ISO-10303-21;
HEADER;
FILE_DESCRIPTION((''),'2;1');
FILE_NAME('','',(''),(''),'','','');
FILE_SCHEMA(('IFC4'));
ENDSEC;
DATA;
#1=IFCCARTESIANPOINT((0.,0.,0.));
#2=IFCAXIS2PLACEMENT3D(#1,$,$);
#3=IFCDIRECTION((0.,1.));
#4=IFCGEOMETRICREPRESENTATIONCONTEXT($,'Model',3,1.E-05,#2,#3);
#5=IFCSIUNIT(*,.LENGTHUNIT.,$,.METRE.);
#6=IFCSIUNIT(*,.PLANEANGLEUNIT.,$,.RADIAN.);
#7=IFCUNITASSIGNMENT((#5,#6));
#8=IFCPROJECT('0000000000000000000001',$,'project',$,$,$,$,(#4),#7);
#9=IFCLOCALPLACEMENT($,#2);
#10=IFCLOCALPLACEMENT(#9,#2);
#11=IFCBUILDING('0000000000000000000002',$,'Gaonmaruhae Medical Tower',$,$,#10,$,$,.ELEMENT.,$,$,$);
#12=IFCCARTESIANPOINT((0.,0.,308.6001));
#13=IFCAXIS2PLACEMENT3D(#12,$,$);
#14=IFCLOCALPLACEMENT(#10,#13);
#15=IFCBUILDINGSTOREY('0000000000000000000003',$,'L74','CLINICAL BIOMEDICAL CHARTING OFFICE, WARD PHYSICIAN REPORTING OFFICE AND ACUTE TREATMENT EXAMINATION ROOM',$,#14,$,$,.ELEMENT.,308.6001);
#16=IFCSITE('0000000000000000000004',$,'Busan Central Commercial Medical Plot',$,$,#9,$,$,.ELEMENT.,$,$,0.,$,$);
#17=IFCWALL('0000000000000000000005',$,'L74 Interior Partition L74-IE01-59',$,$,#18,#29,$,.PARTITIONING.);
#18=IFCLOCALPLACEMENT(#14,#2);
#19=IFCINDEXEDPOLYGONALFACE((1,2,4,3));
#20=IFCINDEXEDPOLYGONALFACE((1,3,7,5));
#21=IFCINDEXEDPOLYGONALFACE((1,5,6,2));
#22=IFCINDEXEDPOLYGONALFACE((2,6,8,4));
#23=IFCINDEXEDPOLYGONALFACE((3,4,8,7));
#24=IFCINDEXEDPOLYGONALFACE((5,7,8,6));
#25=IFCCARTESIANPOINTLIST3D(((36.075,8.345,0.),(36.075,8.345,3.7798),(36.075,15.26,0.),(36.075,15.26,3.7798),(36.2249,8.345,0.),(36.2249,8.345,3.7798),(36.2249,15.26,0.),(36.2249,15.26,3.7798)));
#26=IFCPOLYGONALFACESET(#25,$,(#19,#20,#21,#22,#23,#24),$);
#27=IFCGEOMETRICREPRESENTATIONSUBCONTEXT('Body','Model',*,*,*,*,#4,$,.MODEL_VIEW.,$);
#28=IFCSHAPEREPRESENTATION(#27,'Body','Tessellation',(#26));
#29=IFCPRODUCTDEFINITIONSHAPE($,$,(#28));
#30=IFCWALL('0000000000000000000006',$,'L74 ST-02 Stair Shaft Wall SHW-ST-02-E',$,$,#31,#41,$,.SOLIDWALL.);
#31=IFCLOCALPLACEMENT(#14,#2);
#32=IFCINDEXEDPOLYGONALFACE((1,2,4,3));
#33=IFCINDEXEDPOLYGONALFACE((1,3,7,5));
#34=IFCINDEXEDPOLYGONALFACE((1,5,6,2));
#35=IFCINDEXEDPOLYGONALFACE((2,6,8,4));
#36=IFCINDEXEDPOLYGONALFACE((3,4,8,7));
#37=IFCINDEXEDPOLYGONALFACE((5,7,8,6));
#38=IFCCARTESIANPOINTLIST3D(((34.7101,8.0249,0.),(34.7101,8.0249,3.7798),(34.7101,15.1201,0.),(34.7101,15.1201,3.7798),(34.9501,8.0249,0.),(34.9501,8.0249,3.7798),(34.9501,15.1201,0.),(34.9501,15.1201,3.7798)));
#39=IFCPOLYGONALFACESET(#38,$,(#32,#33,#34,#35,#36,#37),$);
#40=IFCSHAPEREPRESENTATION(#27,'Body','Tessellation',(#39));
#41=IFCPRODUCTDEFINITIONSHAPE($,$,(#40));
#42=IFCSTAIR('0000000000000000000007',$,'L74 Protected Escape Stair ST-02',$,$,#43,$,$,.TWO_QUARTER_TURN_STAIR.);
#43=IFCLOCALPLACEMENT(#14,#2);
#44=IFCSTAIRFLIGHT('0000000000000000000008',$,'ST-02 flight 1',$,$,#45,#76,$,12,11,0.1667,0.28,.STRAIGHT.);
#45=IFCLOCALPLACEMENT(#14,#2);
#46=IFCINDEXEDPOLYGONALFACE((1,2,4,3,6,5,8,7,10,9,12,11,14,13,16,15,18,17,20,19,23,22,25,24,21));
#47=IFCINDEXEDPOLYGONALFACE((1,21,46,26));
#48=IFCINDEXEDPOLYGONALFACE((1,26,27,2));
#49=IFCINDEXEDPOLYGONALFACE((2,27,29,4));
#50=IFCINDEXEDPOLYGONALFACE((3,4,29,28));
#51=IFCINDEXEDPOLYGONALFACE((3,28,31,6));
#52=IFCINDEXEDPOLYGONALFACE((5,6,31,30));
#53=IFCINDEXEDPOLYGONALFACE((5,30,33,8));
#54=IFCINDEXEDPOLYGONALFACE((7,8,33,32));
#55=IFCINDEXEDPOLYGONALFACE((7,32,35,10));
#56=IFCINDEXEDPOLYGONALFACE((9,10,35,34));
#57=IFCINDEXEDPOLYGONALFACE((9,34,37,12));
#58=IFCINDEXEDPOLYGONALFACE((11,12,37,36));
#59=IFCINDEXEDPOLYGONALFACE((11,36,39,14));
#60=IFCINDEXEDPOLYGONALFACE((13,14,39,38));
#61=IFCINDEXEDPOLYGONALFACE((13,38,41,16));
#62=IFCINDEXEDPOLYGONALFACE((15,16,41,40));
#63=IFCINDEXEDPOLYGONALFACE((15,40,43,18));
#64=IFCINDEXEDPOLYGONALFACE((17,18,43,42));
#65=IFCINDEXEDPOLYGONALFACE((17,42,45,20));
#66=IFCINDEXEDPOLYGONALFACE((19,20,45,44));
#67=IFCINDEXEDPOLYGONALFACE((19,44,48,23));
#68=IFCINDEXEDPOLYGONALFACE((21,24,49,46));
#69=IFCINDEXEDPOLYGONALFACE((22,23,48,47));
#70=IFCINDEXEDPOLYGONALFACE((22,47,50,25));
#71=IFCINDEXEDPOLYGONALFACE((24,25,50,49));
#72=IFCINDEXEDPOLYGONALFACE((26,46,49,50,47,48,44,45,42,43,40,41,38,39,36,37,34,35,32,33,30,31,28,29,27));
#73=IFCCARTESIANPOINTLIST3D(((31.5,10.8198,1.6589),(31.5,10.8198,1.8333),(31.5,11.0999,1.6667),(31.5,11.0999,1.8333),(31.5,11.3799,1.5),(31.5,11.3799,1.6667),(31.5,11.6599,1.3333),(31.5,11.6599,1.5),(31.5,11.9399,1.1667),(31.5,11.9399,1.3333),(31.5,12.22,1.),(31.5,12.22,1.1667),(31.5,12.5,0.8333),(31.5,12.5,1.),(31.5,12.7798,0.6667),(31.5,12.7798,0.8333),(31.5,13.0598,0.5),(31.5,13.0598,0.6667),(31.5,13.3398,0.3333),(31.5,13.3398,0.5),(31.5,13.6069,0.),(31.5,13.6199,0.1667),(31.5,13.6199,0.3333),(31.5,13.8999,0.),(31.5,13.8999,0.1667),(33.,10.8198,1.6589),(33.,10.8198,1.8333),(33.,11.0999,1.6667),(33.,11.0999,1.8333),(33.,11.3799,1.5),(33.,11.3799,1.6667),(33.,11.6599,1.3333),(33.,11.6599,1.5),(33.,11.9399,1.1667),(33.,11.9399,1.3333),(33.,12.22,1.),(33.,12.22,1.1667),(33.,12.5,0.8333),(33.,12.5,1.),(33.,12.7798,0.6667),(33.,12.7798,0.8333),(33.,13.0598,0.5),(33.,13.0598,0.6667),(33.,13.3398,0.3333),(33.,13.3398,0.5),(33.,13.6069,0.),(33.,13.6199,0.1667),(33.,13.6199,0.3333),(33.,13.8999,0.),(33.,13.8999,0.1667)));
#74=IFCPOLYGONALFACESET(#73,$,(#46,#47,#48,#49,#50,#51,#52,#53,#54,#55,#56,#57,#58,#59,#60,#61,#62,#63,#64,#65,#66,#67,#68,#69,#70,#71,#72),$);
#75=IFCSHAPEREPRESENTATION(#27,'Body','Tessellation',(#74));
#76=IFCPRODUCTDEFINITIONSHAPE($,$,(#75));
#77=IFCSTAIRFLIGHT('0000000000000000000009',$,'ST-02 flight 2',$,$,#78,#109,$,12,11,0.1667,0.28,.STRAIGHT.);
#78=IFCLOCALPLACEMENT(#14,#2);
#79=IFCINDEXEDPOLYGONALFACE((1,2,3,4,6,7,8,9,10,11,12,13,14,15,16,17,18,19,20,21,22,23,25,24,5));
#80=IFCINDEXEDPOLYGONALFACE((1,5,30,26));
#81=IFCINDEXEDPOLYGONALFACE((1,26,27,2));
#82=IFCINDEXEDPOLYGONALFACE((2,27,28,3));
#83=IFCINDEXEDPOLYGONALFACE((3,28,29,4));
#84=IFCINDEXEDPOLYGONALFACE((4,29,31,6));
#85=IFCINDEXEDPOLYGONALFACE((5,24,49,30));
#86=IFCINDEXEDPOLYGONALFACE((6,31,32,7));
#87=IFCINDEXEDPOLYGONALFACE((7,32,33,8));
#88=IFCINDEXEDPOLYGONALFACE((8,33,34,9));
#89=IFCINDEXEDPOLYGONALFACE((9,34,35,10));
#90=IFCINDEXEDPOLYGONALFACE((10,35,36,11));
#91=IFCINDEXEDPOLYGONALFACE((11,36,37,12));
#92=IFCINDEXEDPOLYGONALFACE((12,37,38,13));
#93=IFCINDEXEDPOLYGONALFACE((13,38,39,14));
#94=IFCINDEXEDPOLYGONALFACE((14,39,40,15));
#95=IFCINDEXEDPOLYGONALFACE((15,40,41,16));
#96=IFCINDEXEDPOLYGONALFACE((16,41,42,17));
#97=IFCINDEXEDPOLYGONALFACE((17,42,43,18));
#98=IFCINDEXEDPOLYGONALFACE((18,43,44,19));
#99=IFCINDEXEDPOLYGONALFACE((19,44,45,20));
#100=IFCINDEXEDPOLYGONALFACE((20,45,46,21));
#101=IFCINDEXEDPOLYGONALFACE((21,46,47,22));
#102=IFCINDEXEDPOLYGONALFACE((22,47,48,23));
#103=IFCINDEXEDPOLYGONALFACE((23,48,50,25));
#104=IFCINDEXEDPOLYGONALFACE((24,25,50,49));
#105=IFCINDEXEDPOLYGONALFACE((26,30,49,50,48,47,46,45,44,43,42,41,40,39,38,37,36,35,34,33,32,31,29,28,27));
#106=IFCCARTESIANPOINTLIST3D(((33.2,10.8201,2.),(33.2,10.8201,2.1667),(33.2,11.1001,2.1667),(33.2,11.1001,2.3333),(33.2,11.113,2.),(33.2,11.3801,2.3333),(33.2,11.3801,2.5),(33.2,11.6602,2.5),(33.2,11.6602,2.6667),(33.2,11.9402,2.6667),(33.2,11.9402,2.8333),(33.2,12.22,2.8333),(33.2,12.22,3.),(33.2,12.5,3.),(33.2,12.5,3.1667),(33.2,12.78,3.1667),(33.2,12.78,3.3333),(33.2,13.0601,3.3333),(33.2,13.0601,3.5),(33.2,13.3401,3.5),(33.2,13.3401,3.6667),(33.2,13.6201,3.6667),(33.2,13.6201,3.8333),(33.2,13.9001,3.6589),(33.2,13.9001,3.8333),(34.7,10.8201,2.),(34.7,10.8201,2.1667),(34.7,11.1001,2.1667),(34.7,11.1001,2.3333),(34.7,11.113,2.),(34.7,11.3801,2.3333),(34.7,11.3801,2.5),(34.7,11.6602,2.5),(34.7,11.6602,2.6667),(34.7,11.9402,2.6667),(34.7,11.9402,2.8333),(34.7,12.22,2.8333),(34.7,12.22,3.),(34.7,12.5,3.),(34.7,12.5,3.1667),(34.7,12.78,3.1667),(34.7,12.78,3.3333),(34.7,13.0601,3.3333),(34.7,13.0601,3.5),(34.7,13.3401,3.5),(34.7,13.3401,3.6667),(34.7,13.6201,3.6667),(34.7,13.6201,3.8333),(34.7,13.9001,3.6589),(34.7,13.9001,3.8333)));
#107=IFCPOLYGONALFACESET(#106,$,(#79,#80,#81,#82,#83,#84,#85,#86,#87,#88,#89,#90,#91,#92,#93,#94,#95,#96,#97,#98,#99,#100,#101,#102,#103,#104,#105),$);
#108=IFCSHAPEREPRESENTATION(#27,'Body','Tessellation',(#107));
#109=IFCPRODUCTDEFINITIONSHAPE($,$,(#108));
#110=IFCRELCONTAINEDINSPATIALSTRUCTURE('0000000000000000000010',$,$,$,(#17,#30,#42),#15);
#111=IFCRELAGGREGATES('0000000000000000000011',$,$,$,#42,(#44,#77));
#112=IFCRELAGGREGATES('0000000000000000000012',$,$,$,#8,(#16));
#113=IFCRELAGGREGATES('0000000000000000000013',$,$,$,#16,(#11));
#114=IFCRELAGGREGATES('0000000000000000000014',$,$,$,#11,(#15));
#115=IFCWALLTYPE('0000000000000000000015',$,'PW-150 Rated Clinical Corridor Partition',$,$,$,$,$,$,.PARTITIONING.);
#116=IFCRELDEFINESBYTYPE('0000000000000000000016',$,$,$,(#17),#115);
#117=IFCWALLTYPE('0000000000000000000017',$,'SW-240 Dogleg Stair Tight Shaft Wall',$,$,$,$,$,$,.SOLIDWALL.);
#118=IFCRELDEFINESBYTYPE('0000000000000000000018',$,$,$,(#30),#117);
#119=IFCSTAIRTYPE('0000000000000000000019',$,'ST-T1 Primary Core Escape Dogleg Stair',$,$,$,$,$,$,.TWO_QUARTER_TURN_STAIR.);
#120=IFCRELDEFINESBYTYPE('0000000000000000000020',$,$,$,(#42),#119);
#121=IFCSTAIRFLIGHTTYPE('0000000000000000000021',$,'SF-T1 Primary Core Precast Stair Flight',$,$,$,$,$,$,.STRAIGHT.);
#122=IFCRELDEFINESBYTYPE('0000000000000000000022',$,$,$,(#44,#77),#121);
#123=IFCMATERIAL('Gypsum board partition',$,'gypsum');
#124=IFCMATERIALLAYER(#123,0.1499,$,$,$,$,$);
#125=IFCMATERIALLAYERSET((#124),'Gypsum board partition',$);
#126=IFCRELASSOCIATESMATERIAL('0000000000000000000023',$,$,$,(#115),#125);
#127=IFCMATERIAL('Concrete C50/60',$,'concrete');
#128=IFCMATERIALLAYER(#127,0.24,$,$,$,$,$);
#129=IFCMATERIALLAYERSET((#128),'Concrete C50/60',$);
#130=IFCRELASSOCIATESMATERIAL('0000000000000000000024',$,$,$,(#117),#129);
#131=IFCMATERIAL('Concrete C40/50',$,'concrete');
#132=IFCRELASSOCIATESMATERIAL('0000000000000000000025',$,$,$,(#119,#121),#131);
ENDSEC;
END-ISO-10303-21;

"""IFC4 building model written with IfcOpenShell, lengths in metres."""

from ifc_helpers import new_model, si_unit, direction, frame, frame_2d, origin, place, context, subcontext, project, spatial, polyline, rectangle, outline, extrude, material, layer, layer_set, type_object, element, aggregate, save


model = new_model("IFC4")

# Units and contexts
model_context = context("Model", 3, precision=1e-05, world=origin(), true_north=direction((0.0, 1.0)))
body_context = subcontext(model_context, "Body", "Model", "MODEL_VIEW")
ifc_project = project(units=[si_unit("LENGTHUNIT", "METRE"), si_unit("PLANEANGLEUNIT", "RADIAN")], contexts=[model_context])

# Site, building, storey
site_placement = place(None, origin())
site = spatial("IfcSite", under=ifc_project, at=site_placement, Name="Busan Central Commercial Medical Plot", CompositionType="ELEMENT", RefElevation=0.0)
building_placement = place(site_placement, origin())
building = spatial("IfcBuilding", under=site, at=building_placement, Name="Gaonmaruhae Medical Tower", CompositionType="ELEMENT")
storey_placement = place(building_placement, frame((0.0, 0.0, 308.6001)))
storey = spatial("IfcBuildingStorey", under=building, at=storey_placement, Name="L74", Description="CLINICAL BIOMEDICAL CHARTING OFFICE, WARD PHYSICIAN REPORTING OFFICE AND ACUTE TREATMENT EXAMINATION ROOM", CompositionType="ELEMENT", Elevation=308.6001)

# Shared definitions
ifc_material_1 = material(Name="Concrete C50/60", Category="concrete")

# Walls
ifc_material_2 = material(Name="Gypsum board partition", Category="gypsum")
ifc_layer_1 = layer(ifc_material_2, 0.1499)
ifc_layer_set_1 = layer_set([ifc_layer_1], Name="Gypsum board partition")
wall_type_1 = type_object("IfcWallType", Name="PW-150 Rated Clinical Corridor Partition", PredefinedType="PARTITIONING", material=ifc_layer_set_1)
wall_1_placement = place(storey_placement, frame((36.1499, 8.345, 0.0), z_axis=(0.0, 0.0, 1.0), x_axis=(0.0, 1.0, 0.0)))
element("IfcWall", 1, at=wall_1_placement, inside=storey, type_object=wall_type_1, Name="L74 Interior Partition L74-IE01-59", PredefinedType="PARTITIONING", context=body_context, shape_type="SweptSolid", body=[
    extrude(rectangle(XDim=6.915, YDim=0.1499, at=frame_2d((3.4575, 0.0))), origin(), (0.0, 0.0, 1.0), 3.7798),
])
ifc_layer_2 = layer(ifc_material_1, 0.24)
ifc_layer_set_2 = layer_set([ifc_layer_2], Name="Concrete C50/60")
wall_type_2 = type_object("IfcWallType", Name="SW-240 Dogleg Stair Tight Shaft Wall", PredefinedType="SOLIDWALL", material=ifc_layer_set_2)
wall_2_placement = place(storey_placement, frame((34.8301, 15.1201, 0.0), z_axis=(0.0, 0.0, 1.0), x_axis=(0.0, -1.0, 0.0)))
element("IfcWall", 2, at=wall_2_placement, inside=storey, type_object=wall_type_2, Name="L74 ST-02 Stair Shaft Wall SHW-ST-02-E", PredefinedType="SOLIDWALL", context=body_context, shape_type="SweptSolid", body=[
    extrude(rectangle(XDim=7.0952, YDim=0.24, at=frame_2d((3.5476, 0.0))), origin(), (0.0, 0.0, 1.0), 3.7798),
])

# Stair, stair flights
ifc_material_3 = material(Name="Concrete C40/50", Category="concrete")
stair_type = type_object("IfcStairType", Name="ST-T1 Primary Core Escape Dogleg Stair", PredefinedType="TWO_QUARTER_TURN_STAIR", material=ifc_material_3)
stair_placement = place(storey_placement, origin())
stair = element("IfcStair", 3, at=stair_placement, inside=storey, type_object=stair_type, Name="L74 Protected Escape Stair ST-02", PredefinedType="TWO_QUARTER_TURN_STAIR")
stair_flight_type = type_object("IfcStairFlightType", Name="SF-T1 Primary Core Precast Stair Flight", PredefinedType="STRAIGHT", material=ifc_material_3)
stair_flight_1_placement = place(storey_placement, frame((32.25, 13.8999, 0.0), z_axis=(0.0, 0.0, 1.0), x_axis=(0.0, -1.0, 0.0)))
stair_flight_1 = element("IfcStairFlight", 4, at=stair_flight_1_placement, type_object=stair_flight_type, Name="ST-02 flight 1", NumberOfRisers=12, NumberOfTreads=11, PredefinedType="STRAIGHT", RiserHeight=0.1667, TreadLength=0.28, context=body_context, shape_type="SweptSolid", body=[
    extrude(outline(polyline([(0.0, 0.0), (0.0, 0.1667), (0.28, 0.1667), (0.28, 0.3333), (0.5601, 0.3333), (0.5601, 0.5), (0.8401, 0.5), (0.8401, 0.6667), (1.1201, 0.6667), (1.1201, 0.8333), (1.3999, 0.8333), (1.3999, 1.0), (1.6799, 1.0), (1.6799, 1.1667), (1.96, 1.1667), (1.96, 1.3333), (2.24, 1.3333), (2.24, 1.5), (2.52, 1.5), (2.52, 1.6667), (2.8, 1.6667), (2.8, 1.8333), (3.0801, 1.8333), (3.0801, 2.0), (3.0801, 1.6589), (0.293, 0.0), (0.0, 0.0)])), frame((0.0, 0.75, 0.0), z_axis=(0.0, -1.0, 0.0), x_axis=(1.0, 0.0, 0.0)), (0.0, 0.0, 1.0), 1.5),
])
stair_flight_2_placement = place(storey_placement, frame((33.95, 10.8201, 2.0), z_axis=(0.0, 0.0, 1.0), x_axis=(0.0, 1.0, 0.0)))
stair_flight_2 = element("IfcStairFlight", 5, at=stair_flight_2_placement, type_object=stair_flight_type, Name="ST-02 flight 2", NumberOfRisers=12, NumberOfTreads=11, PredefinedType="STRAIGHT", RiserHeight=0.1667, TreadLength=0.28, context=body_context, shape_type="SweptSolid", body=[
    extrude(outline(polyline([(0.0, 0.0), (0.0, 0.1667), (0.28, 0.1667), (0.28, 0.3333), (0.5601, 0.3333), (0.5601, 0.5), (0.8401, 0.5), (0.8401, 0.6667), (1.1201, 0.6667), (1.1201, 0.8333), (1.3999, 0.8333), (1.3999, 1.0), (1.6799, 1.0), (1.6799, 1.1667), (1.96, 1.1667), (1.96, 1.3333), (2.24, 1.3333), (2.24, 1.5), (2.52, 1.5), (2.52, 1.6667), (2.8, 1.6667), (2.8, 1.8333), (3.0801, 1.8333), (3.0801, 2.0), (3.0801, 1.6589), (0.293, 0.0), (0.0, 0.0)])), frame((0.0, 0.75, 0.0), z_axis=(0.0, -1.0, 0.0), x_axis=(1.0, 0.0, 0.0)), (0.0, 0.0, 1.0), 1.5),
])
aggregate(stair, [stair_flight_1, stair_flight_2])

save(model, "model.ifc")
